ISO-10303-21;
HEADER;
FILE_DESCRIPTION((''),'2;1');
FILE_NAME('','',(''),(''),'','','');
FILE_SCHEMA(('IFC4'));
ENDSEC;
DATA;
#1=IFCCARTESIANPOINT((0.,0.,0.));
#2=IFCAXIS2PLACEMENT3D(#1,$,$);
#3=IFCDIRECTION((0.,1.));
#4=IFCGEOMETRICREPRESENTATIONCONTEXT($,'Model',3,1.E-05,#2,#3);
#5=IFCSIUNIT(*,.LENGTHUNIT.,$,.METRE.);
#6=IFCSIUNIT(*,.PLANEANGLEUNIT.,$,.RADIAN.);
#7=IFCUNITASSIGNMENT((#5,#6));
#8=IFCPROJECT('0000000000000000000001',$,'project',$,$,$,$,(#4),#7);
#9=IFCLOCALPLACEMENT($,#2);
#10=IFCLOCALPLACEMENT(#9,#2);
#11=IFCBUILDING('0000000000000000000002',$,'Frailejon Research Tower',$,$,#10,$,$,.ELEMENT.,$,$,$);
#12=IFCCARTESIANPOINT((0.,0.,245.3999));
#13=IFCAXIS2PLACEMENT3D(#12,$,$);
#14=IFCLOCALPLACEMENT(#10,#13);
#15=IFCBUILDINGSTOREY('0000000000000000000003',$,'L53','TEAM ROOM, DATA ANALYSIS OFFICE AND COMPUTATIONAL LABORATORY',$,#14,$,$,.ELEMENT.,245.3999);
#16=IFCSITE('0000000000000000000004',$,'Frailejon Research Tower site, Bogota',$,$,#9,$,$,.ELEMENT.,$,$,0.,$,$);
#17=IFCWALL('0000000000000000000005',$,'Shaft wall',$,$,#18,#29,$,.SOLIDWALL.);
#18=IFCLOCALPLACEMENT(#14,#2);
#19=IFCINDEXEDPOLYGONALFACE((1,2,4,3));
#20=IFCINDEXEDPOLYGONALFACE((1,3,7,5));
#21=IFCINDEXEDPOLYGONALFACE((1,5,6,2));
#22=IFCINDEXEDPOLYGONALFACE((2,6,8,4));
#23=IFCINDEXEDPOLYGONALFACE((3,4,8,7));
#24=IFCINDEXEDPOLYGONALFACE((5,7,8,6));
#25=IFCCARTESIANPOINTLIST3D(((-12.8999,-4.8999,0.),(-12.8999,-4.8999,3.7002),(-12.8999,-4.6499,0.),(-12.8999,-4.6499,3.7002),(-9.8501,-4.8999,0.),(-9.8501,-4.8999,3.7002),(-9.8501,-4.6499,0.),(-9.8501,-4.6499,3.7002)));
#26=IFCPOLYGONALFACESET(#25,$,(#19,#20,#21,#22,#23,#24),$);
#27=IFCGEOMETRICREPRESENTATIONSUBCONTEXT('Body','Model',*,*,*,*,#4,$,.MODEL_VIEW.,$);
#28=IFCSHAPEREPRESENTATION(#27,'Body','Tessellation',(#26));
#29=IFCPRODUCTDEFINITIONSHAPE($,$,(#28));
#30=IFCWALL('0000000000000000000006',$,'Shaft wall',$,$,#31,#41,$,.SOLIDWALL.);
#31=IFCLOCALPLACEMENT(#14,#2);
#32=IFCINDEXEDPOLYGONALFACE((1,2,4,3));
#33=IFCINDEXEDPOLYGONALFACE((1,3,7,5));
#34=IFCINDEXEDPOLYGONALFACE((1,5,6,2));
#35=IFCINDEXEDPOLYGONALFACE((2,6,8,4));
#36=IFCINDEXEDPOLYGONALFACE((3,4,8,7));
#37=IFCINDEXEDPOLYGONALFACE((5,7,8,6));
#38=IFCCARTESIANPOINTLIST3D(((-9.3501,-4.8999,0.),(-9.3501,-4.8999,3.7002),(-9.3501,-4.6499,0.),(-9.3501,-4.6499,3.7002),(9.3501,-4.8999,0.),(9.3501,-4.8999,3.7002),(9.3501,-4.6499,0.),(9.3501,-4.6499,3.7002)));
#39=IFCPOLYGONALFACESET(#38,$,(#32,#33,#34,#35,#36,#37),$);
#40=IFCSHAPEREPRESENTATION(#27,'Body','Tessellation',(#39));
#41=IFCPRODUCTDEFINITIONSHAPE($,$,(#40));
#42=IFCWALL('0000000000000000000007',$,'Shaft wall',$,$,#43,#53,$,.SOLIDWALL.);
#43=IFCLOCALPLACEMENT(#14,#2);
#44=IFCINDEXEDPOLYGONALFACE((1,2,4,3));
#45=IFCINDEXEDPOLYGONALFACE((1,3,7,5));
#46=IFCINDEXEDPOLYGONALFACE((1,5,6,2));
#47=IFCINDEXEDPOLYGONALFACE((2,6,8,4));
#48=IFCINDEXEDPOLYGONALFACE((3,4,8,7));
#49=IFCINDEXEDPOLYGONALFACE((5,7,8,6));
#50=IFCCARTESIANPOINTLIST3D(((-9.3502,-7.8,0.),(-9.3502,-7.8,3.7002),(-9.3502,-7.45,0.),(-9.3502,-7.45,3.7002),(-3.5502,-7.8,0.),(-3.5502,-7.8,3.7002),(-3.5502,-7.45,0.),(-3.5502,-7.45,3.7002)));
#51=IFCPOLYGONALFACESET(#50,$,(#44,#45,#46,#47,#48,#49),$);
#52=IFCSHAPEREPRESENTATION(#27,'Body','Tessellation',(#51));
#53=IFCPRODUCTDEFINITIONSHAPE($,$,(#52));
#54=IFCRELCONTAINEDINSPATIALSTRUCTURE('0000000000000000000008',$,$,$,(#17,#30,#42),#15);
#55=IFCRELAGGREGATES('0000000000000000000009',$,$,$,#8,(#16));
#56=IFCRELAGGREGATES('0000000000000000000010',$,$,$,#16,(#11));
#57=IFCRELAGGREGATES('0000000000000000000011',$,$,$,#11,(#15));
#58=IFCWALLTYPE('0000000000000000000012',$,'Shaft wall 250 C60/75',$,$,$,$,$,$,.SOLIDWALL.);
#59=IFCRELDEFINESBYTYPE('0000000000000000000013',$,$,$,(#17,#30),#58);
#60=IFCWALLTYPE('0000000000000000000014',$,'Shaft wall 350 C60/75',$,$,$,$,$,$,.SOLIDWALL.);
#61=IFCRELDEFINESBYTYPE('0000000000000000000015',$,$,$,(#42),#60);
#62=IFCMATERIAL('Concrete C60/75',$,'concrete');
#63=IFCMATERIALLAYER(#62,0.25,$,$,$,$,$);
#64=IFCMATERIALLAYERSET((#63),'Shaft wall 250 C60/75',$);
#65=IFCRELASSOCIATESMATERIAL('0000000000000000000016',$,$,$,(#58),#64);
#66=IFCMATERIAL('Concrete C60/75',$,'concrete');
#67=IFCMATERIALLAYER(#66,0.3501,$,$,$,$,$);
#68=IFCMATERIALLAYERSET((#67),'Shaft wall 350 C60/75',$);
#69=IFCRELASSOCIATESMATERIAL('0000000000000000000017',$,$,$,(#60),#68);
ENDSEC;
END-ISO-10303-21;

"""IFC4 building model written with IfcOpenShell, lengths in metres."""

from ifc_helpers import new_model, si_unit, direction, frame, frame_2d, origin, place, context, subcontext, project, spatial, rectangle, extrude, material, layer, layer_set, type_object, element, save


model = new_model("IFC4")

# Units and contexts
model_context = context("Model", 3, precision=1e-05, world=origin(), true_north=direction((0.0, 1.0)))
body_context = subcontext(model_context, "Body", "Model", "MODEL_VIEW")
ifc_project = project(units=[si_unit("LENGTHUNIT", "METRE"), si_unit("PLANEANGLEUNIT", "RADIAN")], contexts=[model_context])

# Site, building, storey
site_placement = place(None, origin())
site = spatial("IfcSite", under=ifc_project, at=site_placement, Name="Frailejon Research Tower site, Bogota", CompositionType="ELEMENT", RefElevation=0.0)
building_placement = place(site_placement, origin())
building = spatial("IfcBuilding", under=site, at=building_placement, Name="Frailejon Research Tower", CompositionType="ELEMENT")
storey_placement = place(building_placement, frame((0.0, 0.0, 245.3999)))
storey = spatial("IfcBuildingStorey", under=building, at=storey_placement, Name="L53", Description="TEAM ROOM, DATA ANALYSIS OFFICE AND COMPUTATIONAL LABORATORY", CompositionType="ELEMENT", Elevation=245.3999)

# Shared definitions
ifc_material_1 = material(Name="Concrete C60/75", Category="concrete")
ifc_layer_1 = layer(ifc_material_1, 0.25)
ifc_layer_set_1 = layer_set([ifc_layer_1], Name="Shaft wall 250 C60/75")
wall_type_1 = type_object("IfcWallType", Name="Shaft wall 250 C60/75", PredefinedType="SOLIDWALL", material=ifc_layer_set_1)

# Walls
wall_1_placement = place(storey_placement, frame((-12.8999, -4.7749, 0.0), z_axis=(0.0, 0.0, 1.0), x_axis=(1.0, 0.0, 0.0)))
element("IfcWall", 1, at=wall_1_placement, inside=storey, type_object=wall_type_1, Name="Shaft wall", PredefinedType="SOLIDWALL", context=body_context, shape_type="SweptSolid", body=[
    extrude(rectangle(XDim=3.0498, YDim=0.25, at=frame_2d((1.5249, 0.0))), origin(), (0.0, 0.0, 1.0), 3.7002),
])
wall_2_placement = place(storey_placement, frame((-9.3501, -4.7749, 0.0), z_axis=(0.0, 0.0, 1.0), x_axis=(1.0, 0.0, 0.0)))
element("IfcWall", 2, at=wall_2_placement, inside=storey, type_object=wall_type_1, Name="Shaft wall", PredefinedType="SOLIDWALL", context=body_context, shape_type="SweptSolid", body=[
    extrude(rectangle(XDim=18.7002, YDim=0.25, at=frame_2d((9.3501, 0.0))), origin(), (0.0, 0.0, 1.0), 3.7002),
])
ifc_material_2 = material(Name="Concrete C60/75", Category="concrete")
ifc_layer_2 = layer(ifc_material_2, 0.3501)
ifc_layer_set_2 = layer_set([ifc_layer_2], Name="Shaft wall 350 C60/75")
wall_type_2 = type_object("IfcWallType", Name="Shaft wall 350 C60/75", PredefinedType="SOLIDWALL", material=ifc_layer_set_2)
wall_3_placement = place(storey_placement, frame((-9.3501, -7.625, 0.0), z_axis=(0.0, 0.0, 1.0), x_axis=(1.0, 0.0, 0.0)))
element("IfcWall", 3, at=wall_3_placement, inside=storey, type_object=wall_type_2, Name="Shaft wall", PredefinedType="SOLIDWALL", context=body_context, shape_type="SweptSolid", body=[
    extrude(rectangle(XDim=5.8, YDim=0.3501, at=frame_2d((2.8999, 0.0))), origin(), (0.0, 0.0, 1.0), 3.7002),
])

save(model, "model.ifc")
